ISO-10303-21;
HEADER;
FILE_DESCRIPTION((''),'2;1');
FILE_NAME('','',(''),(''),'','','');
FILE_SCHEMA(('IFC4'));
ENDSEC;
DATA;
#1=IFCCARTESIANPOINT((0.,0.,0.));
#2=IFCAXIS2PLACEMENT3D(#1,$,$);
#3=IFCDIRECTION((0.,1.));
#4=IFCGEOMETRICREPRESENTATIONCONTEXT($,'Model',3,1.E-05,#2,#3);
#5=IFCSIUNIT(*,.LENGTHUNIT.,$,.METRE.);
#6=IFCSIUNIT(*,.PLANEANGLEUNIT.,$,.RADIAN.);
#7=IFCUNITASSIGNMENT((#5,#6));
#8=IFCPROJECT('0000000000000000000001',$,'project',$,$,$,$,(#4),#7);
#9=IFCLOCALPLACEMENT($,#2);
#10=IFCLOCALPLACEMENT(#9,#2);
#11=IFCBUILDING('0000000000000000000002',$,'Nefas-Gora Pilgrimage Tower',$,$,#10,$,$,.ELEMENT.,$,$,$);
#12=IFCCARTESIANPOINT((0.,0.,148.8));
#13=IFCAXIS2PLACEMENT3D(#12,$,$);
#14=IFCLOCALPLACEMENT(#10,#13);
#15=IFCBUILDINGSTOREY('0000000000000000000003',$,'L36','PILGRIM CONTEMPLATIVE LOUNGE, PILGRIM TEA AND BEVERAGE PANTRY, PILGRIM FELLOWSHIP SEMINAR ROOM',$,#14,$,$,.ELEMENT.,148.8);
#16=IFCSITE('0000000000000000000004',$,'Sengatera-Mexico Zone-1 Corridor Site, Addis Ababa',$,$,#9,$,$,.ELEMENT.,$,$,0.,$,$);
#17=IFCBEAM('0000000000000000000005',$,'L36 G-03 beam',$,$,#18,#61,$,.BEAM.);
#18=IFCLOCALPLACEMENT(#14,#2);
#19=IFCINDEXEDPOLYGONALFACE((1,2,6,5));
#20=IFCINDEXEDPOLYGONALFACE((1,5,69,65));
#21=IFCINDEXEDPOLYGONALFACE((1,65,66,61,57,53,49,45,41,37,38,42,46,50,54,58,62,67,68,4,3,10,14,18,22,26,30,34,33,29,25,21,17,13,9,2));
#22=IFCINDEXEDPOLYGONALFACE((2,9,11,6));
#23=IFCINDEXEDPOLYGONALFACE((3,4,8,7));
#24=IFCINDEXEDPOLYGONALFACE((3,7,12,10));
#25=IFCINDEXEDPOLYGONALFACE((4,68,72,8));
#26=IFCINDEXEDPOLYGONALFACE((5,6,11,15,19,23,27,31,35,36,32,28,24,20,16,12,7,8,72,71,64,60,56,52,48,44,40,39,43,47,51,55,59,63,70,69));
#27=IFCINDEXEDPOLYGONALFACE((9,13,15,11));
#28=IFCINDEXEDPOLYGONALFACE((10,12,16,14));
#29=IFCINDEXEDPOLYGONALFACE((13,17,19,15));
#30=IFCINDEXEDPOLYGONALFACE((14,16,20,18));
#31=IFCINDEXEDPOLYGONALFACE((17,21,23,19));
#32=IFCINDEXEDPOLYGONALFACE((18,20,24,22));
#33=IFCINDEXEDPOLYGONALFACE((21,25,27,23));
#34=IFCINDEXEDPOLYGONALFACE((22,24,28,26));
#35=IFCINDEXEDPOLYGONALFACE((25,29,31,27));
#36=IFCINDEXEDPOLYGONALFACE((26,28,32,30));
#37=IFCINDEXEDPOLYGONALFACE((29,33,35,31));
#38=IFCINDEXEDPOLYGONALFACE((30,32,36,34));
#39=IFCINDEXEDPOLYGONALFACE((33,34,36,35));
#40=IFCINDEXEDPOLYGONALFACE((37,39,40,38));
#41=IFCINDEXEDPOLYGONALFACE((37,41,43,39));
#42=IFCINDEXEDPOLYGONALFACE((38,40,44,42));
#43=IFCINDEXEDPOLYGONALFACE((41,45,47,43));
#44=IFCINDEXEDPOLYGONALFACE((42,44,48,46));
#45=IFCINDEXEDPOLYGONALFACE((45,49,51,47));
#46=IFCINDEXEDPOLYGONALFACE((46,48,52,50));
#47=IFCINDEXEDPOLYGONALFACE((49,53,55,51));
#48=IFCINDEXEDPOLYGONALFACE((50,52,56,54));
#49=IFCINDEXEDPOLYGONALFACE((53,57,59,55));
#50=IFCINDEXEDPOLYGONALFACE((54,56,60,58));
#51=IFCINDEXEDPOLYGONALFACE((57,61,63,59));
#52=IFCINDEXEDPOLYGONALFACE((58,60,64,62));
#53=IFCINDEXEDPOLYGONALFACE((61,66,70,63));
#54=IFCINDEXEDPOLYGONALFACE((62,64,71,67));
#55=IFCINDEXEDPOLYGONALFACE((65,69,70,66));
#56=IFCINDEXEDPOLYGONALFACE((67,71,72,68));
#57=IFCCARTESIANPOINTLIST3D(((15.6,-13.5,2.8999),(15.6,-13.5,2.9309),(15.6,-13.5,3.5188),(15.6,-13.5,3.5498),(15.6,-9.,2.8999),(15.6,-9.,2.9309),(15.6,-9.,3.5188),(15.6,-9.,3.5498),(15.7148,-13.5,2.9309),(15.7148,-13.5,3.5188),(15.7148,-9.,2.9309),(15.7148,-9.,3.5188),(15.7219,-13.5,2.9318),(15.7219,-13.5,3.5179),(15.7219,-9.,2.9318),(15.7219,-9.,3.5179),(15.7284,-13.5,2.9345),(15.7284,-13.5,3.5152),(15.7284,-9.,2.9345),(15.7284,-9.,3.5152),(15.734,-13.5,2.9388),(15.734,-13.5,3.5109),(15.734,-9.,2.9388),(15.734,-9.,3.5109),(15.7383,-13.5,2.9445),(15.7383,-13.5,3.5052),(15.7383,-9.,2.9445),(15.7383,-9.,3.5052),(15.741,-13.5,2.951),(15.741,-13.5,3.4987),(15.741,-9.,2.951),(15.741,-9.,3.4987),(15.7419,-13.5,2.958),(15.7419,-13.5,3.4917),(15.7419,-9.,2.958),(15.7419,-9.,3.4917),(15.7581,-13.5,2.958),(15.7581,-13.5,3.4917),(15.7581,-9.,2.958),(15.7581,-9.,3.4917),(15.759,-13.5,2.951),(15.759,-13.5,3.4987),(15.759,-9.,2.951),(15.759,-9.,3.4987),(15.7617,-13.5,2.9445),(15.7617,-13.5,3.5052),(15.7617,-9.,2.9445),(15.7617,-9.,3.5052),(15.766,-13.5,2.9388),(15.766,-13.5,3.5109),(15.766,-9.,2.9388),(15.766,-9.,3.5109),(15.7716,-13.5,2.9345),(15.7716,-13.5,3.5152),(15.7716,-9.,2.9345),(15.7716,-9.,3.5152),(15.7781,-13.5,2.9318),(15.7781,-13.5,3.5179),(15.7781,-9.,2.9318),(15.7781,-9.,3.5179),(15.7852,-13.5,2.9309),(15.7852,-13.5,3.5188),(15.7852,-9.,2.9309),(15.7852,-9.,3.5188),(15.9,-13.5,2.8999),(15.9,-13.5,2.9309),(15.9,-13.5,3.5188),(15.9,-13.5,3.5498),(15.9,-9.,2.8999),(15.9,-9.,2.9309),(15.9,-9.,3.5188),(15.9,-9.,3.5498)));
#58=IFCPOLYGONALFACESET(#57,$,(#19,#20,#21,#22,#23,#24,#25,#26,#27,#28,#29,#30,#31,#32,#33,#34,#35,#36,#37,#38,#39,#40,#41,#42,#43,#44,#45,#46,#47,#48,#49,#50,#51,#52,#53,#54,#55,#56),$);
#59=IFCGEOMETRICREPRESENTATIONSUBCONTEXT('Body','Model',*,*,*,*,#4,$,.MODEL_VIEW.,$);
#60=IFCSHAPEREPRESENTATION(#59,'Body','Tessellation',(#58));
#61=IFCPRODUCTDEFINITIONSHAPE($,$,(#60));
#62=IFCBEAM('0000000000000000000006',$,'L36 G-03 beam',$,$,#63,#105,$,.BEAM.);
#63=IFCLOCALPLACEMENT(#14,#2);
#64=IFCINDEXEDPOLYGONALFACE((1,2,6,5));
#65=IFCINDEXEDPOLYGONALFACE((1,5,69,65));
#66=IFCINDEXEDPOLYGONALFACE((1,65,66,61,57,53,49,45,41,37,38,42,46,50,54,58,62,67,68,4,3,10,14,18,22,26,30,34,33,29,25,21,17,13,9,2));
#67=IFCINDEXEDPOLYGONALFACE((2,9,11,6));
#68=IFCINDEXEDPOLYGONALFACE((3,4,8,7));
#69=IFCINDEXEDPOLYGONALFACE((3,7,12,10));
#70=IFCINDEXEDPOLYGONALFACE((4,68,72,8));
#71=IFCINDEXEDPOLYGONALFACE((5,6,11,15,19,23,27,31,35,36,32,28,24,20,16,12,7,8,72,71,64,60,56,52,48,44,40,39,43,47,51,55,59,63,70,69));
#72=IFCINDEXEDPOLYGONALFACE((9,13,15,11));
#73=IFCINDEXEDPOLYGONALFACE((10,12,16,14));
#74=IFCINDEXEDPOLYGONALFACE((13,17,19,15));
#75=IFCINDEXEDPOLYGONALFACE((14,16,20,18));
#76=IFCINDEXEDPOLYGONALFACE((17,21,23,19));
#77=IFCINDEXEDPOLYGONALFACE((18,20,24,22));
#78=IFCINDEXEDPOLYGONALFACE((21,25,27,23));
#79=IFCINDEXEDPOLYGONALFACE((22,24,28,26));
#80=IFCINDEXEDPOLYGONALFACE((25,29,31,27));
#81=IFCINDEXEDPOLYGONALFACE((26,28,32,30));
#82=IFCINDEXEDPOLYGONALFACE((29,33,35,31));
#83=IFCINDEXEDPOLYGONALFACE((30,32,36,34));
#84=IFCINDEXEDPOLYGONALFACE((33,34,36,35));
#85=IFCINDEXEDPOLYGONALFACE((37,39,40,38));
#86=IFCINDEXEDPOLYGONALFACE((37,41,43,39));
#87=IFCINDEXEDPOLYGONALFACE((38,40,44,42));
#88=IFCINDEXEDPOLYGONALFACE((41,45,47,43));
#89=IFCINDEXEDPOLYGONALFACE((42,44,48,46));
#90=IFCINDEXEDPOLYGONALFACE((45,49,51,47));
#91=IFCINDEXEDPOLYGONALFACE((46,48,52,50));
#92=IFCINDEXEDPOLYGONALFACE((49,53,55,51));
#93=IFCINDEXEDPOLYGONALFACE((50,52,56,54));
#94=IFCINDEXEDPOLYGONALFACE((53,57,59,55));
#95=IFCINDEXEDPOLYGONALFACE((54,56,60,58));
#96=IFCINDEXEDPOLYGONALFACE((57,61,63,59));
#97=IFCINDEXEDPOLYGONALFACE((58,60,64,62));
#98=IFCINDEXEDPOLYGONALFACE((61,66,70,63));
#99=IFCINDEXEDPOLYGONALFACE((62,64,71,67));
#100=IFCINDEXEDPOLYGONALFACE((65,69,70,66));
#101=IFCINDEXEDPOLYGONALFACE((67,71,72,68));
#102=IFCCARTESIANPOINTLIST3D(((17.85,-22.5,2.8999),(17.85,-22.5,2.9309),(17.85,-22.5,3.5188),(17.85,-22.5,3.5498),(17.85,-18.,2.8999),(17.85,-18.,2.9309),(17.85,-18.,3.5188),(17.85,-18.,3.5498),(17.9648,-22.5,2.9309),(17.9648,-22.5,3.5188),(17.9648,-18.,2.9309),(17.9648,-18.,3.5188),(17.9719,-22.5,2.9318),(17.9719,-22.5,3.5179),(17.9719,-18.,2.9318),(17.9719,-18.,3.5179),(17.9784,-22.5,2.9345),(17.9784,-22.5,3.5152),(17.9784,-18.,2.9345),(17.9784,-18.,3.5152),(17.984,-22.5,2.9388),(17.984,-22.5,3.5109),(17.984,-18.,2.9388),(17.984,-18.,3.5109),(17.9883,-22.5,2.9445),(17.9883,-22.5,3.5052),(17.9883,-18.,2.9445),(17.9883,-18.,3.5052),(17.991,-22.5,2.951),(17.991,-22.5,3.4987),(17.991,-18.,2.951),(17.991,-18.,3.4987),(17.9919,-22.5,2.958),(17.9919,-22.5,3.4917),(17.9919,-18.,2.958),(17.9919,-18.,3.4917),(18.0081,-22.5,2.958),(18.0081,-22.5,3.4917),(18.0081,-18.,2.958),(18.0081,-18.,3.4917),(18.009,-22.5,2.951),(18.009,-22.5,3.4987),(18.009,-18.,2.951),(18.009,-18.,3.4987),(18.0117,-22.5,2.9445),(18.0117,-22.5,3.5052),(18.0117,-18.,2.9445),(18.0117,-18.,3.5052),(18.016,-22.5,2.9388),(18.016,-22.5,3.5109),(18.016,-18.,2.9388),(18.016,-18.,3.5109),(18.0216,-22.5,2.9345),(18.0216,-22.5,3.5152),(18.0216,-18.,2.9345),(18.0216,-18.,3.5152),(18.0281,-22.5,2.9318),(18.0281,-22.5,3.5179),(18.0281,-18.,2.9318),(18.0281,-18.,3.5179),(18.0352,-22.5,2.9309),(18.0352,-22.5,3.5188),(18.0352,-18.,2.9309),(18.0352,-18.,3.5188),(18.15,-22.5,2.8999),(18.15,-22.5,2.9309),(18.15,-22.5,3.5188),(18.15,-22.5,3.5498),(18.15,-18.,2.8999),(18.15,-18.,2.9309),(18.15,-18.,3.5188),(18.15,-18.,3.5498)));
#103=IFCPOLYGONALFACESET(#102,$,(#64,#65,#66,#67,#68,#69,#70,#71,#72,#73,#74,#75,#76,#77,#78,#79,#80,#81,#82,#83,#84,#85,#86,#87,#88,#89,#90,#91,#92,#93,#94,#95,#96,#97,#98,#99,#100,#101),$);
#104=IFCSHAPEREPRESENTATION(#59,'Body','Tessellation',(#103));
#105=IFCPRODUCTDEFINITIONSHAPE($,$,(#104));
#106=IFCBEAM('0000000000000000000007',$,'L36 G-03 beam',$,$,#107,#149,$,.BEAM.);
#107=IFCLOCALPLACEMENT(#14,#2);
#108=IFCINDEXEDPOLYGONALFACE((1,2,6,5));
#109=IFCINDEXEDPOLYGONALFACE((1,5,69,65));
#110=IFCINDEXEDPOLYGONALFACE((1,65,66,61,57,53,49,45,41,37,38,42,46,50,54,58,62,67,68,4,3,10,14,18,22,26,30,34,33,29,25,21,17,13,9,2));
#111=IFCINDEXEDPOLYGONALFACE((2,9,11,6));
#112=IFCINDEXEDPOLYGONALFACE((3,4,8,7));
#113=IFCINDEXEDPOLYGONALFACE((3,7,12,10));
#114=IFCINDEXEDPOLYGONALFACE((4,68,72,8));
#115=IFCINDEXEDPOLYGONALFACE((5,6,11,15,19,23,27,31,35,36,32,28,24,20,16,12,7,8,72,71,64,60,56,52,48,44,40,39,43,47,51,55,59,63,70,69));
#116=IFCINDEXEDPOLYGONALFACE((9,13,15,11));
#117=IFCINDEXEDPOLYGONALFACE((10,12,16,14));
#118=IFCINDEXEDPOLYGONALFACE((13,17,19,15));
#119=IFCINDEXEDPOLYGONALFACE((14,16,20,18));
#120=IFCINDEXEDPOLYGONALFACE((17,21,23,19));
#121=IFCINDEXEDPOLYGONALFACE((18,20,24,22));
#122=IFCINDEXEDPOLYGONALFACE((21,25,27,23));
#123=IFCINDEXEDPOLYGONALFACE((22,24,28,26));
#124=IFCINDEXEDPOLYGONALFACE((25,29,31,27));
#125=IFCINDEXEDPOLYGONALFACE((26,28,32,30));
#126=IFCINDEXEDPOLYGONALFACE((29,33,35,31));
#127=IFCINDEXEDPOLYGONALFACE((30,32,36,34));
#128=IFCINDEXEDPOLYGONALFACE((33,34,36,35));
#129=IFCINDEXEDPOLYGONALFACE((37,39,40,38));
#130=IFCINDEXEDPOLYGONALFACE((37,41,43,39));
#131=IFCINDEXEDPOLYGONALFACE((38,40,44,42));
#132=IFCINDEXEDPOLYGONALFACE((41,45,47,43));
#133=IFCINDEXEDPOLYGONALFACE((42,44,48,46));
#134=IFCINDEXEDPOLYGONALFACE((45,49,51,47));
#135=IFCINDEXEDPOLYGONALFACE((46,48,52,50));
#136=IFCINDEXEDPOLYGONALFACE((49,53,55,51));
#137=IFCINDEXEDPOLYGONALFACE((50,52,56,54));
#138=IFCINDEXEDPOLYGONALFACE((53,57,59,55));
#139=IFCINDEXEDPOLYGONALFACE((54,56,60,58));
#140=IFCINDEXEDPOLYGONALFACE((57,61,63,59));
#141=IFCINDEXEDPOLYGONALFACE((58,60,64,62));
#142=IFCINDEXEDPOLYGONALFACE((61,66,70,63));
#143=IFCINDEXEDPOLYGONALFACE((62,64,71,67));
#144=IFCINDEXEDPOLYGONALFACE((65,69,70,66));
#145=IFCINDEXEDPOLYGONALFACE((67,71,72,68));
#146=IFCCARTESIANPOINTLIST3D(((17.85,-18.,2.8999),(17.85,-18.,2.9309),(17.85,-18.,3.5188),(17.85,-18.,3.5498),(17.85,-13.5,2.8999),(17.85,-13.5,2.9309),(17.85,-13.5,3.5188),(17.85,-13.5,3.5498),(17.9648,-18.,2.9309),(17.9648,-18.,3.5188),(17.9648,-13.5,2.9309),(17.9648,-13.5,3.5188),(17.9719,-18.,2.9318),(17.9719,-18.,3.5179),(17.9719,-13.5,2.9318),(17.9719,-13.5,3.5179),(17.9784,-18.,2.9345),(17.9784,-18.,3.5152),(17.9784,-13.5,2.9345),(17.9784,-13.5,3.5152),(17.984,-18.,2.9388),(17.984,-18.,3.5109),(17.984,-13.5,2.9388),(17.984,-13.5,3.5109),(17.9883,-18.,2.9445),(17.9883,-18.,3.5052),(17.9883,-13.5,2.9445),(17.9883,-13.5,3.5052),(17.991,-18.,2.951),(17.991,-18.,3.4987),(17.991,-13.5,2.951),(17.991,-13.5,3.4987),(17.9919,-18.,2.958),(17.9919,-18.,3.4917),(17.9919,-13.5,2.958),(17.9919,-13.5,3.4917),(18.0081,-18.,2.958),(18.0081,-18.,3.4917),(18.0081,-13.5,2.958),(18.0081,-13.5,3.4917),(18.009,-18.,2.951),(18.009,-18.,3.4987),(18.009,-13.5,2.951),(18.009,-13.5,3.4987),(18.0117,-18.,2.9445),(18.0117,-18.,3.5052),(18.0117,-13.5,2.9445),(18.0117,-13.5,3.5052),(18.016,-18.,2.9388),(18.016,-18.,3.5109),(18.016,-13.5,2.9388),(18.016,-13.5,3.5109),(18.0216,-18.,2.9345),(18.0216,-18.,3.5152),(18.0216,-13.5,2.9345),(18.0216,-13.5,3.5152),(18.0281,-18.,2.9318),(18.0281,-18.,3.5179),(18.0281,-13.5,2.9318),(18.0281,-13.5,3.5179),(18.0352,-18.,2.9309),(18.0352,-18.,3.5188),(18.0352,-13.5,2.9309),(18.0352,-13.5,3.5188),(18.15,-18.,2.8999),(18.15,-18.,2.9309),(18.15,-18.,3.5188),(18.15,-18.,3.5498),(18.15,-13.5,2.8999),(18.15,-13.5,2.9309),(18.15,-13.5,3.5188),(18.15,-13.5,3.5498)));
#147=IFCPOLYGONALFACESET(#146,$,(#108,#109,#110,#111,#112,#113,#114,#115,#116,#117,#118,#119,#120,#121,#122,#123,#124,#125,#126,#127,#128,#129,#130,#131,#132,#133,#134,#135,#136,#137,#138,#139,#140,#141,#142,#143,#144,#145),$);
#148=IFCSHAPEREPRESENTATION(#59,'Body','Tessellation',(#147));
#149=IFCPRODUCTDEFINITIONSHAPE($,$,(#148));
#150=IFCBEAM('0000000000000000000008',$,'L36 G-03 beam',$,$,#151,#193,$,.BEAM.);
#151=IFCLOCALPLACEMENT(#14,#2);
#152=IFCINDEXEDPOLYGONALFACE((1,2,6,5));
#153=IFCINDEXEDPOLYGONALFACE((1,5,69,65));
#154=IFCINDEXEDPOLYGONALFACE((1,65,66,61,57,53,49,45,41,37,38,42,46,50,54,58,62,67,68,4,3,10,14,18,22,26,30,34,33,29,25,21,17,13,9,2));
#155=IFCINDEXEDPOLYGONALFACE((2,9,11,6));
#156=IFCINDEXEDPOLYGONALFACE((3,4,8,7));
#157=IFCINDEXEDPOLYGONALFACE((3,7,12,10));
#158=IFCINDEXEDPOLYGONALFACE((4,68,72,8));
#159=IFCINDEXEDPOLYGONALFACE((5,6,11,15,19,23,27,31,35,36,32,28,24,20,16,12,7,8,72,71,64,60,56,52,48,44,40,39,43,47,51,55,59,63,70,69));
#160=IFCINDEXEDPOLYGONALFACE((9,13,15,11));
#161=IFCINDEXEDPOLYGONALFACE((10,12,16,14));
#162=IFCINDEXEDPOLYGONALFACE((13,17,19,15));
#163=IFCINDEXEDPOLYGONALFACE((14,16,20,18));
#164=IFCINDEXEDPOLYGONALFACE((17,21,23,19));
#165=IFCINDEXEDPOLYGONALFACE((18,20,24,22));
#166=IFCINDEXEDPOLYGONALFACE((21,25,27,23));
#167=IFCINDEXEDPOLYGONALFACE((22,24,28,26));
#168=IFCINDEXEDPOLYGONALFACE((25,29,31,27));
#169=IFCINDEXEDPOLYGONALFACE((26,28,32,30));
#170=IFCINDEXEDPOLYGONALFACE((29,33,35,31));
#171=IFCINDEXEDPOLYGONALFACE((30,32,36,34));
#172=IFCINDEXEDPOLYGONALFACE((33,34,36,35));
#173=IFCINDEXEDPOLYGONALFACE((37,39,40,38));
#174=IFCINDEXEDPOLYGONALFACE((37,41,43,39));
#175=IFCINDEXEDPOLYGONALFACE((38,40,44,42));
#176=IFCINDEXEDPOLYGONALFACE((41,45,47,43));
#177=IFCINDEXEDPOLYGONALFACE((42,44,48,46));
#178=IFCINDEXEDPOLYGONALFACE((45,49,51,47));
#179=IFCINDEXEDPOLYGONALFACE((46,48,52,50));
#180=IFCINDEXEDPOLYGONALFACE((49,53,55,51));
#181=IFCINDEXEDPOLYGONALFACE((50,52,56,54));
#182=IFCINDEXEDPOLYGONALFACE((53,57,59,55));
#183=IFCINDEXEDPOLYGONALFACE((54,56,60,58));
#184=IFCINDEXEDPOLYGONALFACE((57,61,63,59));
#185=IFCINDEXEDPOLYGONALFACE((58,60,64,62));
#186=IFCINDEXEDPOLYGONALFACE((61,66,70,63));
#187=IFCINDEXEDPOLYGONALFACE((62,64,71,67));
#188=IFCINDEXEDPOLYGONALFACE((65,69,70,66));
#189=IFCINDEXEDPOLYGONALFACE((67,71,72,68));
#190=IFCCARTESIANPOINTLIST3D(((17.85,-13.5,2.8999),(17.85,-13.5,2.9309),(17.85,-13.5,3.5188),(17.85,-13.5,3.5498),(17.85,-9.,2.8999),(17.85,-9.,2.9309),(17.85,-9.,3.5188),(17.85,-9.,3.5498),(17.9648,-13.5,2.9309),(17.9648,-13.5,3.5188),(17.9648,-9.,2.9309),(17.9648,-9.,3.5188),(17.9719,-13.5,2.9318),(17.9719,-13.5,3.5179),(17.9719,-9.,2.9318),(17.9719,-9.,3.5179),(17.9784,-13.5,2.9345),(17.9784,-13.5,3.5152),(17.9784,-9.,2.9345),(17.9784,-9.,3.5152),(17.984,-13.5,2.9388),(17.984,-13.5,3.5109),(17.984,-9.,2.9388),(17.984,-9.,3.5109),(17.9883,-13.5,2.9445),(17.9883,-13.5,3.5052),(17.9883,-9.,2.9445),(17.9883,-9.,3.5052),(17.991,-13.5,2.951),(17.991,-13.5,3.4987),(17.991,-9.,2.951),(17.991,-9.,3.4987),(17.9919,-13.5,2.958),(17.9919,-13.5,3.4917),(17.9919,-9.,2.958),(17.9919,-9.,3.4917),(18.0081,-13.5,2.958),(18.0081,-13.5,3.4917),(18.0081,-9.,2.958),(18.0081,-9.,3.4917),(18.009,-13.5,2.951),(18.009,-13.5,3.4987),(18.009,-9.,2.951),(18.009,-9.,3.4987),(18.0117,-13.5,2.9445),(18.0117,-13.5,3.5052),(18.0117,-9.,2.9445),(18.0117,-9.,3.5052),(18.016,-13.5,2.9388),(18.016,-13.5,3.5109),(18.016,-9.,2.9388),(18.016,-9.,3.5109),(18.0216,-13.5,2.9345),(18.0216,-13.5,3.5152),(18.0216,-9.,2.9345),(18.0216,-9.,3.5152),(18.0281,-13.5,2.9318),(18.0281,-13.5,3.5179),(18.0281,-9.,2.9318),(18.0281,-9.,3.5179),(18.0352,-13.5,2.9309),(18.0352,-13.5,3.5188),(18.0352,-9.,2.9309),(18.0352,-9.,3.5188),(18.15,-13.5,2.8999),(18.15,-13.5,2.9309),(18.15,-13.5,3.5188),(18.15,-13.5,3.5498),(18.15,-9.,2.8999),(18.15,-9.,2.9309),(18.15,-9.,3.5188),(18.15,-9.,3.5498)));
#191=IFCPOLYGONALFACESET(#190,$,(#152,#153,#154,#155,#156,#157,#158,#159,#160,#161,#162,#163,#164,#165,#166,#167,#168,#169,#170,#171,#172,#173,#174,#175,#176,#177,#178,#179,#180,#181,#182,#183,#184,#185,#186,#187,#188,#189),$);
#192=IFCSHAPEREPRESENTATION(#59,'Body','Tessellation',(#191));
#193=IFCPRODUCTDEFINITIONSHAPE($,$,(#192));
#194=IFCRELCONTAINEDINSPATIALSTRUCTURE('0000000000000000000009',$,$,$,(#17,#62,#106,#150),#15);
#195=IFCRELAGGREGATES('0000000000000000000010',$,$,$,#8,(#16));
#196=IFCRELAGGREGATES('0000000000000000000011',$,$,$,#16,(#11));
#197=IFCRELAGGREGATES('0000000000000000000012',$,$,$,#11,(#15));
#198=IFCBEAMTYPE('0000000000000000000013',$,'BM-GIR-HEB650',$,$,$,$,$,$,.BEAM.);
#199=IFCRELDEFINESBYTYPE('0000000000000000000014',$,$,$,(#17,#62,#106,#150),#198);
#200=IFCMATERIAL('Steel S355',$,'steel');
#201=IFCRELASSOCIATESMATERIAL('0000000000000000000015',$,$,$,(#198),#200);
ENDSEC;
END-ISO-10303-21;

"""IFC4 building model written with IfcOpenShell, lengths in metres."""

from ifc_helpers import new_model, si_unit, direction, frame, origin, origin_2d, place, context, subcontext, project, spatial, i_section, extrude, source, transform, mapped, material, material_profile, profile_set, type_object, element, save


model = new_model("IFC4")

# Units and contexts
model_context = context("Model", 3, precision=1e-05, world=origin(), true_north=direction((0.0, 1.0)))
body_context = subcontext(model_context, "Body", "Model", "MODEL_VIEW")
ifc_project = project(units=[si_unit("LENGTHUNIT", "METRE"), si_unit("PLANEANGLEUNIT", "RADIAN")], contexts=[model_context])

# Site, building, storey
site_placement = place(None, origin())
site = spatial("IfcSite", under=ifc_project, at=site_placement, Name="Sengatera-Mexico Zone-1 Corridor Site, Addis Ababa", CompositionType="ELEMENT", RefElevation=0.0)
building_placement = place(site_placement, origin())
building = spatial("IfcBuilding", under=site, at=building_placement, Name="Nefas-Gora Pilgrimage Tower", CompositionType="ELEMENT")
storey_placement = place(building_placement, frame((0.0, 0.0, 148.8)))
storey = spatial("IfcBuildingStorey", under=building, at=storey_placement, Name="L36", Description="PILGRIM CONTEMPLATIVE LOUNGE, PILGRIM TEA AND BEVERAGE PANTRY, PILGRIM FELLOWSHIP SEMINAR ROOM", CompositionType="ELEMENT", Elevation=148.8)

# Beams
ifc_material_1 = material(Name="Steel S355", Category="steel")
ifc_material_profile_1 = material_profile(ifc_material_1, i_section(OverallWidth=0.3, OverallDepth=0.6499, WebThickness=0.0161, FlangeThickness=0.031, FilletRadius=0.0271, at=origin_2d()), Name="HEB 650")
ifc_profile_set_1 = profile_set([ifc_material_profile_1], Name="Steel S355")
beam_type_1 = type_object("IfcBeamType", Name="BM-GIR-HEB650", PredefinedType="BEAM", material=ifc_profile_set_1)
shared_shape_1 = source(origin(), body_context, "Body", "SweptSolid", [
    extrude(i_section(OverallWidth=0.3, OverallDepth=0.6499, WebThickness=0.0161, FlangeThickness=0.031, FilletRadius=0.0271, at=origin_2d()), origin(), (0.0, 0.0, 1.0), 4.5),
])
for number, where, z_axis, x_axis, name in (
    (1, (15.75, -13.5, 3.2249), (0.0, 1.0, 0.0), (-1.0, 0.0, 0.0), "L36 G-03 beam"),
    (2, (18.0, -22.5, 3.2249), (0.0, 1.0, 0.0), (-1.0, 0.0, 0.0), "L36 G-03 beam"),
    (3, (18.0, -18.0, 3.2249), (0.0, 1.0, 0.0), (-1.0, 0.0, 0.0), "L36 G-03 beam"),
    (4, (18.0, -13.5, 3.2249), (0.0, 1.0, 0.0), (-1.0, 0.0, 0.0), "L36 G-03 beam"),
):
    element("IfcBeam", number, at=place(storey_placement, frame(where, z_axis=z_axis, x_axis=x_axis)), inside=storey, type_object=beam_type_1, Name=name, PredefinedType="BEAM", context=body_context, shape_type="MappedRepresentation", body=[
        mapped(shared_shape_1, transform((0.0, 0.0, 0.0), x_axis=(1.0, 0.0, 0.0), y_axis=(0.0, 1.0, 0.0), z_axis=(0.0, 0.0, 1.0), scale=1.0)),
    ])

save(model, "model.ifc")
